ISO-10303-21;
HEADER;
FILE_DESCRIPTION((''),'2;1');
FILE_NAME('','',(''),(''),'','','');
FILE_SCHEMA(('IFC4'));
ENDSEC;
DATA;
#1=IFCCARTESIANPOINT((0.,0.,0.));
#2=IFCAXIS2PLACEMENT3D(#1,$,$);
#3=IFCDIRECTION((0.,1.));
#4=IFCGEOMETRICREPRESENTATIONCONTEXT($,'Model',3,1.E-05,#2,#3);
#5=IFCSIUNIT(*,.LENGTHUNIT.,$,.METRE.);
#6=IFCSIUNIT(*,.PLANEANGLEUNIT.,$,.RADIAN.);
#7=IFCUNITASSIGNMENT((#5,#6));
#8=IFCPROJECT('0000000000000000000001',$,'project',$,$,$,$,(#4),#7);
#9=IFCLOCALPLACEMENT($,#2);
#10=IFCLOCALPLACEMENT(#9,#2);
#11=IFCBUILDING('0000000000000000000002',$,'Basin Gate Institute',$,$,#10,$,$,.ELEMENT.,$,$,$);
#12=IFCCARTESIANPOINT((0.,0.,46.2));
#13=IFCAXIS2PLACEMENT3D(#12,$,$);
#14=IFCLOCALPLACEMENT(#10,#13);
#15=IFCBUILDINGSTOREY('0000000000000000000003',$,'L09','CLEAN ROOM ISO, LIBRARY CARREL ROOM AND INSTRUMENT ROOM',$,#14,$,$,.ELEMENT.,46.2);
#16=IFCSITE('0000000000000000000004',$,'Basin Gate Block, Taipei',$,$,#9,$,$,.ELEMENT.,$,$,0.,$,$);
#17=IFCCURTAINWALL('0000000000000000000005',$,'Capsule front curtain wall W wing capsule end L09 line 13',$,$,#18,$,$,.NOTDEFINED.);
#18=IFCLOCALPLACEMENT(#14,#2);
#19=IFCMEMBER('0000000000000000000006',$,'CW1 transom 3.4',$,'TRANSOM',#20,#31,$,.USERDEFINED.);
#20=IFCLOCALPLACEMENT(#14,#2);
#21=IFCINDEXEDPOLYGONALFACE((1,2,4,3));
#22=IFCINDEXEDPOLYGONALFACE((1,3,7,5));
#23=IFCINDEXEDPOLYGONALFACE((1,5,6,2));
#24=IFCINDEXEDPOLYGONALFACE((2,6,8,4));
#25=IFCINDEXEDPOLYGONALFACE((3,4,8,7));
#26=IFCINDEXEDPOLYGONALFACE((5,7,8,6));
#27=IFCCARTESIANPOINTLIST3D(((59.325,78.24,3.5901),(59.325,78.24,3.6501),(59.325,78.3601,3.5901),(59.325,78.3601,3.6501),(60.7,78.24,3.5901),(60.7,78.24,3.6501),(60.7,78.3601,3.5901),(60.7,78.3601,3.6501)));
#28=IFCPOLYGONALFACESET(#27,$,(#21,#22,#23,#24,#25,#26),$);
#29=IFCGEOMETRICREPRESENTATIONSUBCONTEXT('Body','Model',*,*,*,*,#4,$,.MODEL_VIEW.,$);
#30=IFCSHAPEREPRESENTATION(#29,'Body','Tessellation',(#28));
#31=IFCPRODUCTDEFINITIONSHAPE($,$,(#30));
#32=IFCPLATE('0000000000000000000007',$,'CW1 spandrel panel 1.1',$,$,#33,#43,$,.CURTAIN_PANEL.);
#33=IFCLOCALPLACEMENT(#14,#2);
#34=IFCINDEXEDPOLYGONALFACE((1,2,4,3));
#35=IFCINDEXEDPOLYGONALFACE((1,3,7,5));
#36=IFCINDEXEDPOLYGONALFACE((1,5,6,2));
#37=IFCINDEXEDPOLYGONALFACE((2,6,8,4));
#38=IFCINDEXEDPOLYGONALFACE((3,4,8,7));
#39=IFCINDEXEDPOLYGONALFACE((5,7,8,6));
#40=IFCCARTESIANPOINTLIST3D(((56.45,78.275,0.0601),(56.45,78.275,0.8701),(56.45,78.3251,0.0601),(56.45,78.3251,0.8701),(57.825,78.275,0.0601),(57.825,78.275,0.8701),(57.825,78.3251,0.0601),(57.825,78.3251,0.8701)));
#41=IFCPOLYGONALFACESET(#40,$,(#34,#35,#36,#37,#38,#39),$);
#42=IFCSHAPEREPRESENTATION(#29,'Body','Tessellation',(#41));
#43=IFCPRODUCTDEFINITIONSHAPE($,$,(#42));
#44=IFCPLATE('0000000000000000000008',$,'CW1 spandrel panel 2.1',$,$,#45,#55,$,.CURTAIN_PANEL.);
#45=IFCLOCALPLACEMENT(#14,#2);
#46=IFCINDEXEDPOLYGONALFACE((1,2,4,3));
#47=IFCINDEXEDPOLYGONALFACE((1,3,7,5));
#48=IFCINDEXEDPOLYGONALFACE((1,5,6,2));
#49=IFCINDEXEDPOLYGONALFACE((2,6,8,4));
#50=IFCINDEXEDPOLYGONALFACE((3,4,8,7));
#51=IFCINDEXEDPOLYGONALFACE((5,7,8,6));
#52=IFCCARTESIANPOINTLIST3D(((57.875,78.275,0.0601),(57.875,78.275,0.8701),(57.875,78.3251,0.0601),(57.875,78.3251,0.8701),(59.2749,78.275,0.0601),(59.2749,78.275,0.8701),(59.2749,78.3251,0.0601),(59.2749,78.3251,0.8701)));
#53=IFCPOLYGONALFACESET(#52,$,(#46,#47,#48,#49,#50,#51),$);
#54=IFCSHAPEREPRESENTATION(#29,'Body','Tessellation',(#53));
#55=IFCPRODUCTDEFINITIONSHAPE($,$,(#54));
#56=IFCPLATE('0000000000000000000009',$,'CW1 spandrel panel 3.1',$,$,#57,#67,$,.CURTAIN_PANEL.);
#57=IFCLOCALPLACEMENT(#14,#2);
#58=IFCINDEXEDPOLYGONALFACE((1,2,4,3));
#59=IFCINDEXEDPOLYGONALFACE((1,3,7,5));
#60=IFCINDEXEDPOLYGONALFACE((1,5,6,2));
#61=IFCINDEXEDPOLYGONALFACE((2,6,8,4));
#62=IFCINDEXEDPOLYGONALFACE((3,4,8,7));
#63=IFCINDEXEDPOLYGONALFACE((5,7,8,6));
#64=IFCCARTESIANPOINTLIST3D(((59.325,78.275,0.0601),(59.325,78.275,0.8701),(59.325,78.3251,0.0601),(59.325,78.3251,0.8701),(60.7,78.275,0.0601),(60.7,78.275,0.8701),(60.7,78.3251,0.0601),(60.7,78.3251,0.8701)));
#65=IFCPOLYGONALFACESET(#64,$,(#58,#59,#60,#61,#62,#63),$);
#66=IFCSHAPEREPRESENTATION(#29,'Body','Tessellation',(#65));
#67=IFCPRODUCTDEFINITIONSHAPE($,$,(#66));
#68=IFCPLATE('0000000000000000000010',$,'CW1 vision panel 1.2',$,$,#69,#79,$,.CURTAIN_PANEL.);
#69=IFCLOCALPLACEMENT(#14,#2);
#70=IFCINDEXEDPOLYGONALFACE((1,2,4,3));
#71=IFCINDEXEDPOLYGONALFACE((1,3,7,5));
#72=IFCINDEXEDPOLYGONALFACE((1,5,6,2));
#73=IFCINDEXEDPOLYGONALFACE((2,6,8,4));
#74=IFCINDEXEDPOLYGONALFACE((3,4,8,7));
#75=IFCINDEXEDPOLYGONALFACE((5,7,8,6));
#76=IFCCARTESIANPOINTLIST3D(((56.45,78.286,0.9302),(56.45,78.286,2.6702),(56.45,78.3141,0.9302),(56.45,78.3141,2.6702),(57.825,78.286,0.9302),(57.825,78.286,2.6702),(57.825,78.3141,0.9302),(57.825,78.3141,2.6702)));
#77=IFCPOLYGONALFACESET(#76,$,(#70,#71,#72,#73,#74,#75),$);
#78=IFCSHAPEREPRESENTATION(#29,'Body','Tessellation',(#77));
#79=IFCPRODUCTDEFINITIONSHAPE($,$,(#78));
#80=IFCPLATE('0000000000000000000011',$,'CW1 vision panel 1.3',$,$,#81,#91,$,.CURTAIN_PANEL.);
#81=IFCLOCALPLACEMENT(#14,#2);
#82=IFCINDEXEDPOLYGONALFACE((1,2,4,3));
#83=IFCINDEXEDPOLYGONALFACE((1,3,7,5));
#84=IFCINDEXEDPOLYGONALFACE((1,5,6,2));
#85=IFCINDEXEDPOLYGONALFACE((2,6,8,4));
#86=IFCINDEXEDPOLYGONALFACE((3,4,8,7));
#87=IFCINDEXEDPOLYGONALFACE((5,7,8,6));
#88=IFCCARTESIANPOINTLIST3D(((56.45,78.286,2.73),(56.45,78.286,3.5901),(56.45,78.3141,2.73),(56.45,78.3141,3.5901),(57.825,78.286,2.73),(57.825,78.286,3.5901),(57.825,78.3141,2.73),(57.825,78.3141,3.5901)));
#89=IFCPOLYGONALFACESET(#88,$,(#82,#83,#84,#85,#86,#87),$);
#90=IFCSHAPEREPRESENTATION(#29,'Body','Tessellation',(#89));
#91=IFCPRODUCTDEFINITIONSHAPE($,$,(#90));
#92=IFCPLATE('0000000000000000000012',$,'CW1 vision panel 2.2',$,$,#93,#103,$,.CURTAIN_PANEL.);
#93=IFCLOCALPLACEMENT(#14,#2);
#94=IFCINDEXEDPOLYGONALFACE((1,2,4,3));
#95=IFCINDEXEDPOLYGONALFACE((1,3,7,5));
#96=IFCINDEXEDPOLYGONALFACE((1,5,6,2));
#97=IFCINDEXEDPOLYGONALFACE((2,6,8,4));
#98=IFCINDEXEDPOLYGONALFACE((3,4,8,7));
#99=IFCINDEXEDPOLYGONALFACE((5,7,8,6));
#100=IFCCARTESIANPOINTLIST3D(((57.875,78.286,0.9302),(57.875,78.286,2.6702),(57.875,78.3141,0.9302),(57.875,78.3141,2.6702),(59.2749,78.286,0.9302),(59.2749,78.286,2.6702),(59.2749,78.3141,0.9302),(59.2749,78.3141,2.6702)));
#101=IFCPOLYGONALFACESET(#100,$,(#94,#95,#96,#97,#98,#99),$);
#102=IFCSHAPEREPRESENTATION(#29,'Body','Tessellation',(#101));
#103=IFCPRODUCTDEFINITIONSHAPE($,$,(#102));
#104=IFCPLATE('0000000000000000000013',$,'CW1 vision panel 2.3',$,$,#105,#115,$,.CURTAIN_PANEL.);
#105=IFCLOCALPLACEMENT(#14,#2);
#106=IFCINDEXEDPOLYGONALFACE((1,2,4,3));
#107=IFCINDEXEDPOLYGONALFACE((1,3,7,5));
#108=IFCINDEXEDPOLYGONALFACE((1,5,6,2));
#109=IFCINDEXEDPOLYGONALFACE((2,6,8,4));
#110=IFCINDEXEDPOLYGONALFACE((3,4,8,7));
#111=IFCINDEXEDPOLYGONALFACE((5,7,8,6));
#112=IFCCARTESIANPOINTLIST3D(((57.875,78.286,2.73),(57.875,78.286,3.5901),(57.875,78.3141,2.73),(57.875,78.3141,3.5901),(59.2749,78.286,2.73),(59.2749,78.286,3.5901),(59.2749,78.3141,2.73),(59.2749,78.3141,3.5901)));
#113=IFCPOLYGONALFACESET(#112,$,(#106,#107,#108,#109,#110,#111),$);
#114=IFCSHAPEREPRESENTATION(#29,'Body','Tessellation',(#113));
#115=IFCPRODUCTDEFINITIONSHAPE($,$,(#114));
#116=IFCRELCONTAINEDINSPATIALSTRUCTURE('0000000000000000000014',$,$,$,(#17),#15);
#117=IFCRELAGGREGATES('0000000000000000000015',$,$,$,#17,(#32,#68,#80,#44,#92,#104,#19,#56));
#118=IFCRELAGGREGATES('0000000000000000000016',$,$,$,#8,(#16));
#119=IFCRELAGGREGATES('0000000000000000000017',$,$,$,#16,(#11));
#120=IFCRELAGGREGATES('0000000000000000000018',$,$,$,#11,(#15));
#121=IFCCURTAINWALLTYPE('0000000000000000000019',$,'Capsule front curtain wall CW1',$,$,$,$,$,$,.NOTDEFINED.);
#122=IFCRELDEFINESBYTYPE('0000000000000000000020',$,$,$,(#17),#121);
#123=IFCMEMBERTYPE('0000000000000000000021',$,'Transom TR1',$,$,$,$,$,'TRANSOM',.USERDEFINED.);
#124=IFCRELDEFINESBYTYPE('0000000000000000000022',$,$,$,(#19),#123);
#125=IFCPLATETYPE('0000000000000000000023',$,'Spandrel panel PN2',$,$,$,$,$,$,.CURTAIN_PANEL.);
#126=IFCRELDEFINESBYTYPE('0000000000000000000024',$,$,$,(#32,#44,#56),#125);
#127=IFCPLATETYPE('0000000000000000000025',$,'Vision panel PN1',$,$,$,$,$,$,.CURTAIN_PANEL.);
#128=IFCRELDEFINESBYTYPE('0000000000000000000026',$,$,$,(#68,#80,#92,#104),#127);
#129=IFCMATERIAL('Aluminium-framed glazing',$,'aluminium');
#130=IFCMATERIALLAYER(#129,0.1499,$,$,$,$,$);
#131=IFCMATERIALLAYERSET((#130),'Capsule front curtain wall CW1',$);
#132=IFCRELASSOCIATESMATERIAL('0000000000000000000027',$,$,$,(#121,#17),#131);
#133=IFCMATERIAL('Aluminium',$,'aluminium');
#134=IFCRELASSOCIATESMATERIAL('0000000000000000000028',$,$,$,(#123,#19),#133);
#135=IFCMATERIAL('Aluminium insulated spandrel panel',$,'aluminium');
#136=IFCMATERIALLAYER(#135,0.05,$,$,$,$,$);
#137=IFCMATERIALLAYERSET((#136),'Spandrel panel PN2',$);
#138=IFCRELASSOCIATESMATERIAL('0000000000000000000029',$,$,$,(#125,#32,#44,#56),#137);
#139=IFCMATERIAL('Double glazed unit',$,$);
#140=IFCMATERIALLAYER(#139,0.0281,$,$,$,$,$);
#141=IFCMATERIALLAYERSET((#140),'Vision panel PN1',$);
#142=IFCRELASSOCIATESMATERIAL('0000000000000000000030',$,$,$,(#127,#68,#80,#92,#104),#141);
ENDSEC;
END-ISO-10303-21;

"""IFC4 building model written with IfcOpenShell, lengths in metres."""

from ifc_helpers import new_model, si_unit, direction, frame, origin, origin_2d, place, context, subcontext, project, spatial, rectangle, extrude, material, layer, layer_set, material_profile, profile_set, type_object, element, aggregate, save


model = new_model("IFC4")

# Units and contexts
model_context = context("Model", 3, precision=1e-05, world=origin(), true_north=direction((0.0, 1.0)))
body_context = subcontext(model_context, "Body", "Model", "MODEL_VIEW")
ifc_project = project(units=[si_unit("LENGTHUNIT", "METRE"), si_unit("PLANEANGLEUNIT", "RADIAN")], contexts=[model_context])

# Site, building, storey
site_placement = place(None, origin())
site = spatial("IfcSite", under=ifc_project, at=site_placement, Name="Basin Gate Block, Taipei", CompositionType="ELEMENT", RefElevation=0.0)
building_placement = place(site_placement, origin())
building = spatial("IfcBuilding", under=site, at=building_placement, Name="Basin Gate Institute", CompositionType="ELEMENT")
storey_placement = place(building_placement, frame((0.0, 0.0, 46.2)))
storey = spatial("IfcBuildingStorey", under=building, at=storey_placement, Name="L09", Description="CLEAN ROOM ISO, LIBRARY CARREL ROOM AND INSTRUMENT ROOM", CompositionType="ELEMENT", Elevation=46.2)

# Curtain wall, member, plates
ifc_material_1 = material(Name="Aluminium-framed glazing", Category="aluminium")
ifc_layer_1 = layer(ifc_material_1, 0.1499)
ifc_layer_set_1 = layer_set([ifc_layer_1], Name="Capsule front curtain wall CW1")
curtain_wall_type = type_object("IfcCurtainWallType", Name="Capsule front curtain wall CW1", PredefinedType="NOTDEFINED", material=ifc_layer_set_1)
curtain_wall_placement = place(storey_placement, origin())
curtain_wall = element("IfcCurtainWall", 1, at=curtain_wall_placement, inside=storey, type_object=curtain_wall_type, material=ifc_layer_set_1, Name="Capsule front curtain wall W wing capsule end L09 line 13", PredefinedType="NOTDEFINED")
ifc_material_2 = material(Name="Aluminium", Category="aluminium")
ifc_material_profile_1 = material_profile(ifc_material_2, rectangle(XDim=0.1201, YDim=0.0601, at=origin_2d()), Name="Transom TR1 120 x 60")
ifc_profile_set_1 = profile_set([ifc_material_profile_1], Name="Aluminium")
member_type_1 = type_object("IfcMemberType", Name="Transom TR1", ElementType="TRANSOM", PredefinedType="USERDEFINED", material=ifc_profile_set_1)
member_1_placement = place(storey_placement, frame((59.325, 78.3, 3.6201), z_axis=(1.0, 0.0, 0.0), x_axis=(0.0, 1.0, 0.0)))
member_1 = element("IfcMember", 2, at=member_1_placement, type_object=member_type_1, material=ifc_profile_set_1, Name="CW1 transom 3.4", ObjectType="TRANSOM", PredefinedType="USERDEFINED", context=body_context, shape_type="SweptSolid", body=[
    extrude(rectangle(XDim=0.1201, YDim=0.0601, at=origin_2d()), origin(), (0.0, 0.0, 1.0), 1.375),
])
ifc_material_3 = material(Name="Aluminium insulated spandrel panel", Category="aluminium")
ifc_layer_2 = layer(ifc_material_3, 0.05)
ifc_layer_set_2 = layer_set([ifc_layer_2], Name="Spandrel panel PN2")
plate_type_1 = type_object("IfcPlateType", Name="Spandrel panel PN2", PredefinedType="CURTAIN_PANEL", material=ifc_layer_set_2)
plate_1_placement = place(storey_placement, frame((57.1375, 78.3, 0.0601), z_axis=(0.0, 0.0, 1.0), x_axis=(1.0, 0.0, 0.0)))
plate_1 = element("IfcPlate", 3, at=plate_1_placement, type_object=plate_type_1, material=ifc_layer_set_2, Name="CW1 spandrel panel 1.1", PredefinedType="CURTAIN_PANEL", context=body_context, shape_type="SweptSolid", body=[
    extrude(rectangle(XDim=1.375, YDim=0.05, at=origin_2d()), origin(), (0.0, 0.0, 1.0), 0.8101),
])
plate_2_placement = place(storey_placement, frame((58.575, 78.3, 0.0601), z_axis=(0.0, 0.0, 1.0), x_axis=(1.0, 0.0, 0.0)))
plate_2 = element("IfcPlate", 4, at=plate_2_placement, type_object=plate_type_1, material=ifc_layer_set_2, Name="CW1 spandrel panel 2.1", PredefinedType="CURTAIN_PANEL", context=body_context, shape_type="SweptSolid", body=[
    extrude(rectangle(XDim=1.3999, YDim=0.05, at=origin_2d()), origin(), (0.0, 0.0, 1.0), 0.8101),
])
plate_3_placement = place(storey_placement, frame((60.0125, 78.3, 0.0601), z_axis=(0.0, 0.0, 1.0), x_axis=(1.0, 0.0, 0.0)))
plate_3 = element("IfcPlate", 5, at=plate_3_placement, type_object=plate_type_1, material=ifc_layer_set_2, Name="CW1 spandrel panel 3.1", PredefinedType="CURTAIN_PANEL", context=body_context, shape_type="SweptSolid", body=[
    extrude(rectangle(XDim=1.375, YDim=0.05, at=origin_2d()), origin(), (0.0, 0.0, 1.0), 0.8101),
])
ifc_material_4 = material(Name="Double glazed unit")
ifc_layer_3 = layer(ifc_material_4, 0.0281)
ifc_layer_set_3 = layer_set([ifc_layer_3], Name="Vision panel PN1")
plate_type_2 = type_object("IfcPlateType", Name="Vision panel PN1", PredefinedType="CURTAIN_PANEL", material=ifc_layer_set_3)
plate_4_placement = place(storey_placement, frame((57.1375, 78.3, 0.9302), z_axis=(0.0, 0.0, 1.0), x_axis=(1.0, 0.0, 0.0)))
plate_4 = element("IfcPlate", 6, at=plate_4_placement, type_object=plate_type_2, material=ifc_layer_set_3, Name="CW1 vision panel 1.2", PredefinedType="CURTAIN_PANEL", context=body_context, shape_type="SweptSolid", body=[
    extrude(rectangle(XDim=1.375, YDim=0.0281, at=origin_2d()), origin(), (0.0, 0.0, 1.0), 1.74),
])
plate_5_placement = place(storey_placement, frame((57.1375, 78.3, 2.73), z_axis=(0.0, 0.0, 1.0), x_axis=(1.0, 0.0, 0.0)))
plate_5 = element("IfcPlate", 7, at=plate_5_placement, type_object=plate_type_2, material=ifc_layer_set_3, Name="CW1 vision panel 1.3", PredefinedType="CURTAIN_PANEL", context=body_context, shape_type="SweptSolid", body=[
    extrude(rectangle(XDim=1.375, YDim=0.0281, at=origin_2d()), origin(), (0.0, 0.0, 1.0), 0.8601),
])
plate_6_placement = place(storey_placement, frame((58.575, 78.3, 0.9302), z_axis=(0.0, 0.0, 1.0), x_axis=(1.0, 0.0, 0.0)))
plate_6 = element("IfcPlate", 8, at=plate_6_placement, type_object=plate_type_2, material=ifc_layer_set_3, Name="CW1 vision panel 2.2", PredefinedType="CURTAIN_PANEL", context=body_context, shape_type="SweptSolid", body=[
    extrude(rectangle(XDim=1.3999, YDim=0.0281, at=origin_2d()), origin(), (0.0, 0.0, 1.0), 1.74),
])
plate_7_placement = place(storey_placement, frame((58.575, 78.3, 2.73), z_axis=(0.0, 0.0, 1.0), x_axis=(1.0, 0.0, 0.0)))
plate_7 = element("IfcPlate", 9, at=plate_7_placement, type_object=plate_type_2, material=ifc_layer_set_3, Name="CW1 vision panel 2.3", PredefinedType="CURTAIN_PANEL", context=body_context, shape_type="SweptSolid", body=[
    extrude(rectangle(XDim=1.3999, YDim=0.0281, at=origin_2d()), origin(), (0.0, 0.0, 1.0), 0.8601),
])
aggregate(curtain_wall, [plate_1, plate_4, plate_5, plate_2, plate_6, plate_7, member_1, plate_3])

save(model, "model.ifc")
